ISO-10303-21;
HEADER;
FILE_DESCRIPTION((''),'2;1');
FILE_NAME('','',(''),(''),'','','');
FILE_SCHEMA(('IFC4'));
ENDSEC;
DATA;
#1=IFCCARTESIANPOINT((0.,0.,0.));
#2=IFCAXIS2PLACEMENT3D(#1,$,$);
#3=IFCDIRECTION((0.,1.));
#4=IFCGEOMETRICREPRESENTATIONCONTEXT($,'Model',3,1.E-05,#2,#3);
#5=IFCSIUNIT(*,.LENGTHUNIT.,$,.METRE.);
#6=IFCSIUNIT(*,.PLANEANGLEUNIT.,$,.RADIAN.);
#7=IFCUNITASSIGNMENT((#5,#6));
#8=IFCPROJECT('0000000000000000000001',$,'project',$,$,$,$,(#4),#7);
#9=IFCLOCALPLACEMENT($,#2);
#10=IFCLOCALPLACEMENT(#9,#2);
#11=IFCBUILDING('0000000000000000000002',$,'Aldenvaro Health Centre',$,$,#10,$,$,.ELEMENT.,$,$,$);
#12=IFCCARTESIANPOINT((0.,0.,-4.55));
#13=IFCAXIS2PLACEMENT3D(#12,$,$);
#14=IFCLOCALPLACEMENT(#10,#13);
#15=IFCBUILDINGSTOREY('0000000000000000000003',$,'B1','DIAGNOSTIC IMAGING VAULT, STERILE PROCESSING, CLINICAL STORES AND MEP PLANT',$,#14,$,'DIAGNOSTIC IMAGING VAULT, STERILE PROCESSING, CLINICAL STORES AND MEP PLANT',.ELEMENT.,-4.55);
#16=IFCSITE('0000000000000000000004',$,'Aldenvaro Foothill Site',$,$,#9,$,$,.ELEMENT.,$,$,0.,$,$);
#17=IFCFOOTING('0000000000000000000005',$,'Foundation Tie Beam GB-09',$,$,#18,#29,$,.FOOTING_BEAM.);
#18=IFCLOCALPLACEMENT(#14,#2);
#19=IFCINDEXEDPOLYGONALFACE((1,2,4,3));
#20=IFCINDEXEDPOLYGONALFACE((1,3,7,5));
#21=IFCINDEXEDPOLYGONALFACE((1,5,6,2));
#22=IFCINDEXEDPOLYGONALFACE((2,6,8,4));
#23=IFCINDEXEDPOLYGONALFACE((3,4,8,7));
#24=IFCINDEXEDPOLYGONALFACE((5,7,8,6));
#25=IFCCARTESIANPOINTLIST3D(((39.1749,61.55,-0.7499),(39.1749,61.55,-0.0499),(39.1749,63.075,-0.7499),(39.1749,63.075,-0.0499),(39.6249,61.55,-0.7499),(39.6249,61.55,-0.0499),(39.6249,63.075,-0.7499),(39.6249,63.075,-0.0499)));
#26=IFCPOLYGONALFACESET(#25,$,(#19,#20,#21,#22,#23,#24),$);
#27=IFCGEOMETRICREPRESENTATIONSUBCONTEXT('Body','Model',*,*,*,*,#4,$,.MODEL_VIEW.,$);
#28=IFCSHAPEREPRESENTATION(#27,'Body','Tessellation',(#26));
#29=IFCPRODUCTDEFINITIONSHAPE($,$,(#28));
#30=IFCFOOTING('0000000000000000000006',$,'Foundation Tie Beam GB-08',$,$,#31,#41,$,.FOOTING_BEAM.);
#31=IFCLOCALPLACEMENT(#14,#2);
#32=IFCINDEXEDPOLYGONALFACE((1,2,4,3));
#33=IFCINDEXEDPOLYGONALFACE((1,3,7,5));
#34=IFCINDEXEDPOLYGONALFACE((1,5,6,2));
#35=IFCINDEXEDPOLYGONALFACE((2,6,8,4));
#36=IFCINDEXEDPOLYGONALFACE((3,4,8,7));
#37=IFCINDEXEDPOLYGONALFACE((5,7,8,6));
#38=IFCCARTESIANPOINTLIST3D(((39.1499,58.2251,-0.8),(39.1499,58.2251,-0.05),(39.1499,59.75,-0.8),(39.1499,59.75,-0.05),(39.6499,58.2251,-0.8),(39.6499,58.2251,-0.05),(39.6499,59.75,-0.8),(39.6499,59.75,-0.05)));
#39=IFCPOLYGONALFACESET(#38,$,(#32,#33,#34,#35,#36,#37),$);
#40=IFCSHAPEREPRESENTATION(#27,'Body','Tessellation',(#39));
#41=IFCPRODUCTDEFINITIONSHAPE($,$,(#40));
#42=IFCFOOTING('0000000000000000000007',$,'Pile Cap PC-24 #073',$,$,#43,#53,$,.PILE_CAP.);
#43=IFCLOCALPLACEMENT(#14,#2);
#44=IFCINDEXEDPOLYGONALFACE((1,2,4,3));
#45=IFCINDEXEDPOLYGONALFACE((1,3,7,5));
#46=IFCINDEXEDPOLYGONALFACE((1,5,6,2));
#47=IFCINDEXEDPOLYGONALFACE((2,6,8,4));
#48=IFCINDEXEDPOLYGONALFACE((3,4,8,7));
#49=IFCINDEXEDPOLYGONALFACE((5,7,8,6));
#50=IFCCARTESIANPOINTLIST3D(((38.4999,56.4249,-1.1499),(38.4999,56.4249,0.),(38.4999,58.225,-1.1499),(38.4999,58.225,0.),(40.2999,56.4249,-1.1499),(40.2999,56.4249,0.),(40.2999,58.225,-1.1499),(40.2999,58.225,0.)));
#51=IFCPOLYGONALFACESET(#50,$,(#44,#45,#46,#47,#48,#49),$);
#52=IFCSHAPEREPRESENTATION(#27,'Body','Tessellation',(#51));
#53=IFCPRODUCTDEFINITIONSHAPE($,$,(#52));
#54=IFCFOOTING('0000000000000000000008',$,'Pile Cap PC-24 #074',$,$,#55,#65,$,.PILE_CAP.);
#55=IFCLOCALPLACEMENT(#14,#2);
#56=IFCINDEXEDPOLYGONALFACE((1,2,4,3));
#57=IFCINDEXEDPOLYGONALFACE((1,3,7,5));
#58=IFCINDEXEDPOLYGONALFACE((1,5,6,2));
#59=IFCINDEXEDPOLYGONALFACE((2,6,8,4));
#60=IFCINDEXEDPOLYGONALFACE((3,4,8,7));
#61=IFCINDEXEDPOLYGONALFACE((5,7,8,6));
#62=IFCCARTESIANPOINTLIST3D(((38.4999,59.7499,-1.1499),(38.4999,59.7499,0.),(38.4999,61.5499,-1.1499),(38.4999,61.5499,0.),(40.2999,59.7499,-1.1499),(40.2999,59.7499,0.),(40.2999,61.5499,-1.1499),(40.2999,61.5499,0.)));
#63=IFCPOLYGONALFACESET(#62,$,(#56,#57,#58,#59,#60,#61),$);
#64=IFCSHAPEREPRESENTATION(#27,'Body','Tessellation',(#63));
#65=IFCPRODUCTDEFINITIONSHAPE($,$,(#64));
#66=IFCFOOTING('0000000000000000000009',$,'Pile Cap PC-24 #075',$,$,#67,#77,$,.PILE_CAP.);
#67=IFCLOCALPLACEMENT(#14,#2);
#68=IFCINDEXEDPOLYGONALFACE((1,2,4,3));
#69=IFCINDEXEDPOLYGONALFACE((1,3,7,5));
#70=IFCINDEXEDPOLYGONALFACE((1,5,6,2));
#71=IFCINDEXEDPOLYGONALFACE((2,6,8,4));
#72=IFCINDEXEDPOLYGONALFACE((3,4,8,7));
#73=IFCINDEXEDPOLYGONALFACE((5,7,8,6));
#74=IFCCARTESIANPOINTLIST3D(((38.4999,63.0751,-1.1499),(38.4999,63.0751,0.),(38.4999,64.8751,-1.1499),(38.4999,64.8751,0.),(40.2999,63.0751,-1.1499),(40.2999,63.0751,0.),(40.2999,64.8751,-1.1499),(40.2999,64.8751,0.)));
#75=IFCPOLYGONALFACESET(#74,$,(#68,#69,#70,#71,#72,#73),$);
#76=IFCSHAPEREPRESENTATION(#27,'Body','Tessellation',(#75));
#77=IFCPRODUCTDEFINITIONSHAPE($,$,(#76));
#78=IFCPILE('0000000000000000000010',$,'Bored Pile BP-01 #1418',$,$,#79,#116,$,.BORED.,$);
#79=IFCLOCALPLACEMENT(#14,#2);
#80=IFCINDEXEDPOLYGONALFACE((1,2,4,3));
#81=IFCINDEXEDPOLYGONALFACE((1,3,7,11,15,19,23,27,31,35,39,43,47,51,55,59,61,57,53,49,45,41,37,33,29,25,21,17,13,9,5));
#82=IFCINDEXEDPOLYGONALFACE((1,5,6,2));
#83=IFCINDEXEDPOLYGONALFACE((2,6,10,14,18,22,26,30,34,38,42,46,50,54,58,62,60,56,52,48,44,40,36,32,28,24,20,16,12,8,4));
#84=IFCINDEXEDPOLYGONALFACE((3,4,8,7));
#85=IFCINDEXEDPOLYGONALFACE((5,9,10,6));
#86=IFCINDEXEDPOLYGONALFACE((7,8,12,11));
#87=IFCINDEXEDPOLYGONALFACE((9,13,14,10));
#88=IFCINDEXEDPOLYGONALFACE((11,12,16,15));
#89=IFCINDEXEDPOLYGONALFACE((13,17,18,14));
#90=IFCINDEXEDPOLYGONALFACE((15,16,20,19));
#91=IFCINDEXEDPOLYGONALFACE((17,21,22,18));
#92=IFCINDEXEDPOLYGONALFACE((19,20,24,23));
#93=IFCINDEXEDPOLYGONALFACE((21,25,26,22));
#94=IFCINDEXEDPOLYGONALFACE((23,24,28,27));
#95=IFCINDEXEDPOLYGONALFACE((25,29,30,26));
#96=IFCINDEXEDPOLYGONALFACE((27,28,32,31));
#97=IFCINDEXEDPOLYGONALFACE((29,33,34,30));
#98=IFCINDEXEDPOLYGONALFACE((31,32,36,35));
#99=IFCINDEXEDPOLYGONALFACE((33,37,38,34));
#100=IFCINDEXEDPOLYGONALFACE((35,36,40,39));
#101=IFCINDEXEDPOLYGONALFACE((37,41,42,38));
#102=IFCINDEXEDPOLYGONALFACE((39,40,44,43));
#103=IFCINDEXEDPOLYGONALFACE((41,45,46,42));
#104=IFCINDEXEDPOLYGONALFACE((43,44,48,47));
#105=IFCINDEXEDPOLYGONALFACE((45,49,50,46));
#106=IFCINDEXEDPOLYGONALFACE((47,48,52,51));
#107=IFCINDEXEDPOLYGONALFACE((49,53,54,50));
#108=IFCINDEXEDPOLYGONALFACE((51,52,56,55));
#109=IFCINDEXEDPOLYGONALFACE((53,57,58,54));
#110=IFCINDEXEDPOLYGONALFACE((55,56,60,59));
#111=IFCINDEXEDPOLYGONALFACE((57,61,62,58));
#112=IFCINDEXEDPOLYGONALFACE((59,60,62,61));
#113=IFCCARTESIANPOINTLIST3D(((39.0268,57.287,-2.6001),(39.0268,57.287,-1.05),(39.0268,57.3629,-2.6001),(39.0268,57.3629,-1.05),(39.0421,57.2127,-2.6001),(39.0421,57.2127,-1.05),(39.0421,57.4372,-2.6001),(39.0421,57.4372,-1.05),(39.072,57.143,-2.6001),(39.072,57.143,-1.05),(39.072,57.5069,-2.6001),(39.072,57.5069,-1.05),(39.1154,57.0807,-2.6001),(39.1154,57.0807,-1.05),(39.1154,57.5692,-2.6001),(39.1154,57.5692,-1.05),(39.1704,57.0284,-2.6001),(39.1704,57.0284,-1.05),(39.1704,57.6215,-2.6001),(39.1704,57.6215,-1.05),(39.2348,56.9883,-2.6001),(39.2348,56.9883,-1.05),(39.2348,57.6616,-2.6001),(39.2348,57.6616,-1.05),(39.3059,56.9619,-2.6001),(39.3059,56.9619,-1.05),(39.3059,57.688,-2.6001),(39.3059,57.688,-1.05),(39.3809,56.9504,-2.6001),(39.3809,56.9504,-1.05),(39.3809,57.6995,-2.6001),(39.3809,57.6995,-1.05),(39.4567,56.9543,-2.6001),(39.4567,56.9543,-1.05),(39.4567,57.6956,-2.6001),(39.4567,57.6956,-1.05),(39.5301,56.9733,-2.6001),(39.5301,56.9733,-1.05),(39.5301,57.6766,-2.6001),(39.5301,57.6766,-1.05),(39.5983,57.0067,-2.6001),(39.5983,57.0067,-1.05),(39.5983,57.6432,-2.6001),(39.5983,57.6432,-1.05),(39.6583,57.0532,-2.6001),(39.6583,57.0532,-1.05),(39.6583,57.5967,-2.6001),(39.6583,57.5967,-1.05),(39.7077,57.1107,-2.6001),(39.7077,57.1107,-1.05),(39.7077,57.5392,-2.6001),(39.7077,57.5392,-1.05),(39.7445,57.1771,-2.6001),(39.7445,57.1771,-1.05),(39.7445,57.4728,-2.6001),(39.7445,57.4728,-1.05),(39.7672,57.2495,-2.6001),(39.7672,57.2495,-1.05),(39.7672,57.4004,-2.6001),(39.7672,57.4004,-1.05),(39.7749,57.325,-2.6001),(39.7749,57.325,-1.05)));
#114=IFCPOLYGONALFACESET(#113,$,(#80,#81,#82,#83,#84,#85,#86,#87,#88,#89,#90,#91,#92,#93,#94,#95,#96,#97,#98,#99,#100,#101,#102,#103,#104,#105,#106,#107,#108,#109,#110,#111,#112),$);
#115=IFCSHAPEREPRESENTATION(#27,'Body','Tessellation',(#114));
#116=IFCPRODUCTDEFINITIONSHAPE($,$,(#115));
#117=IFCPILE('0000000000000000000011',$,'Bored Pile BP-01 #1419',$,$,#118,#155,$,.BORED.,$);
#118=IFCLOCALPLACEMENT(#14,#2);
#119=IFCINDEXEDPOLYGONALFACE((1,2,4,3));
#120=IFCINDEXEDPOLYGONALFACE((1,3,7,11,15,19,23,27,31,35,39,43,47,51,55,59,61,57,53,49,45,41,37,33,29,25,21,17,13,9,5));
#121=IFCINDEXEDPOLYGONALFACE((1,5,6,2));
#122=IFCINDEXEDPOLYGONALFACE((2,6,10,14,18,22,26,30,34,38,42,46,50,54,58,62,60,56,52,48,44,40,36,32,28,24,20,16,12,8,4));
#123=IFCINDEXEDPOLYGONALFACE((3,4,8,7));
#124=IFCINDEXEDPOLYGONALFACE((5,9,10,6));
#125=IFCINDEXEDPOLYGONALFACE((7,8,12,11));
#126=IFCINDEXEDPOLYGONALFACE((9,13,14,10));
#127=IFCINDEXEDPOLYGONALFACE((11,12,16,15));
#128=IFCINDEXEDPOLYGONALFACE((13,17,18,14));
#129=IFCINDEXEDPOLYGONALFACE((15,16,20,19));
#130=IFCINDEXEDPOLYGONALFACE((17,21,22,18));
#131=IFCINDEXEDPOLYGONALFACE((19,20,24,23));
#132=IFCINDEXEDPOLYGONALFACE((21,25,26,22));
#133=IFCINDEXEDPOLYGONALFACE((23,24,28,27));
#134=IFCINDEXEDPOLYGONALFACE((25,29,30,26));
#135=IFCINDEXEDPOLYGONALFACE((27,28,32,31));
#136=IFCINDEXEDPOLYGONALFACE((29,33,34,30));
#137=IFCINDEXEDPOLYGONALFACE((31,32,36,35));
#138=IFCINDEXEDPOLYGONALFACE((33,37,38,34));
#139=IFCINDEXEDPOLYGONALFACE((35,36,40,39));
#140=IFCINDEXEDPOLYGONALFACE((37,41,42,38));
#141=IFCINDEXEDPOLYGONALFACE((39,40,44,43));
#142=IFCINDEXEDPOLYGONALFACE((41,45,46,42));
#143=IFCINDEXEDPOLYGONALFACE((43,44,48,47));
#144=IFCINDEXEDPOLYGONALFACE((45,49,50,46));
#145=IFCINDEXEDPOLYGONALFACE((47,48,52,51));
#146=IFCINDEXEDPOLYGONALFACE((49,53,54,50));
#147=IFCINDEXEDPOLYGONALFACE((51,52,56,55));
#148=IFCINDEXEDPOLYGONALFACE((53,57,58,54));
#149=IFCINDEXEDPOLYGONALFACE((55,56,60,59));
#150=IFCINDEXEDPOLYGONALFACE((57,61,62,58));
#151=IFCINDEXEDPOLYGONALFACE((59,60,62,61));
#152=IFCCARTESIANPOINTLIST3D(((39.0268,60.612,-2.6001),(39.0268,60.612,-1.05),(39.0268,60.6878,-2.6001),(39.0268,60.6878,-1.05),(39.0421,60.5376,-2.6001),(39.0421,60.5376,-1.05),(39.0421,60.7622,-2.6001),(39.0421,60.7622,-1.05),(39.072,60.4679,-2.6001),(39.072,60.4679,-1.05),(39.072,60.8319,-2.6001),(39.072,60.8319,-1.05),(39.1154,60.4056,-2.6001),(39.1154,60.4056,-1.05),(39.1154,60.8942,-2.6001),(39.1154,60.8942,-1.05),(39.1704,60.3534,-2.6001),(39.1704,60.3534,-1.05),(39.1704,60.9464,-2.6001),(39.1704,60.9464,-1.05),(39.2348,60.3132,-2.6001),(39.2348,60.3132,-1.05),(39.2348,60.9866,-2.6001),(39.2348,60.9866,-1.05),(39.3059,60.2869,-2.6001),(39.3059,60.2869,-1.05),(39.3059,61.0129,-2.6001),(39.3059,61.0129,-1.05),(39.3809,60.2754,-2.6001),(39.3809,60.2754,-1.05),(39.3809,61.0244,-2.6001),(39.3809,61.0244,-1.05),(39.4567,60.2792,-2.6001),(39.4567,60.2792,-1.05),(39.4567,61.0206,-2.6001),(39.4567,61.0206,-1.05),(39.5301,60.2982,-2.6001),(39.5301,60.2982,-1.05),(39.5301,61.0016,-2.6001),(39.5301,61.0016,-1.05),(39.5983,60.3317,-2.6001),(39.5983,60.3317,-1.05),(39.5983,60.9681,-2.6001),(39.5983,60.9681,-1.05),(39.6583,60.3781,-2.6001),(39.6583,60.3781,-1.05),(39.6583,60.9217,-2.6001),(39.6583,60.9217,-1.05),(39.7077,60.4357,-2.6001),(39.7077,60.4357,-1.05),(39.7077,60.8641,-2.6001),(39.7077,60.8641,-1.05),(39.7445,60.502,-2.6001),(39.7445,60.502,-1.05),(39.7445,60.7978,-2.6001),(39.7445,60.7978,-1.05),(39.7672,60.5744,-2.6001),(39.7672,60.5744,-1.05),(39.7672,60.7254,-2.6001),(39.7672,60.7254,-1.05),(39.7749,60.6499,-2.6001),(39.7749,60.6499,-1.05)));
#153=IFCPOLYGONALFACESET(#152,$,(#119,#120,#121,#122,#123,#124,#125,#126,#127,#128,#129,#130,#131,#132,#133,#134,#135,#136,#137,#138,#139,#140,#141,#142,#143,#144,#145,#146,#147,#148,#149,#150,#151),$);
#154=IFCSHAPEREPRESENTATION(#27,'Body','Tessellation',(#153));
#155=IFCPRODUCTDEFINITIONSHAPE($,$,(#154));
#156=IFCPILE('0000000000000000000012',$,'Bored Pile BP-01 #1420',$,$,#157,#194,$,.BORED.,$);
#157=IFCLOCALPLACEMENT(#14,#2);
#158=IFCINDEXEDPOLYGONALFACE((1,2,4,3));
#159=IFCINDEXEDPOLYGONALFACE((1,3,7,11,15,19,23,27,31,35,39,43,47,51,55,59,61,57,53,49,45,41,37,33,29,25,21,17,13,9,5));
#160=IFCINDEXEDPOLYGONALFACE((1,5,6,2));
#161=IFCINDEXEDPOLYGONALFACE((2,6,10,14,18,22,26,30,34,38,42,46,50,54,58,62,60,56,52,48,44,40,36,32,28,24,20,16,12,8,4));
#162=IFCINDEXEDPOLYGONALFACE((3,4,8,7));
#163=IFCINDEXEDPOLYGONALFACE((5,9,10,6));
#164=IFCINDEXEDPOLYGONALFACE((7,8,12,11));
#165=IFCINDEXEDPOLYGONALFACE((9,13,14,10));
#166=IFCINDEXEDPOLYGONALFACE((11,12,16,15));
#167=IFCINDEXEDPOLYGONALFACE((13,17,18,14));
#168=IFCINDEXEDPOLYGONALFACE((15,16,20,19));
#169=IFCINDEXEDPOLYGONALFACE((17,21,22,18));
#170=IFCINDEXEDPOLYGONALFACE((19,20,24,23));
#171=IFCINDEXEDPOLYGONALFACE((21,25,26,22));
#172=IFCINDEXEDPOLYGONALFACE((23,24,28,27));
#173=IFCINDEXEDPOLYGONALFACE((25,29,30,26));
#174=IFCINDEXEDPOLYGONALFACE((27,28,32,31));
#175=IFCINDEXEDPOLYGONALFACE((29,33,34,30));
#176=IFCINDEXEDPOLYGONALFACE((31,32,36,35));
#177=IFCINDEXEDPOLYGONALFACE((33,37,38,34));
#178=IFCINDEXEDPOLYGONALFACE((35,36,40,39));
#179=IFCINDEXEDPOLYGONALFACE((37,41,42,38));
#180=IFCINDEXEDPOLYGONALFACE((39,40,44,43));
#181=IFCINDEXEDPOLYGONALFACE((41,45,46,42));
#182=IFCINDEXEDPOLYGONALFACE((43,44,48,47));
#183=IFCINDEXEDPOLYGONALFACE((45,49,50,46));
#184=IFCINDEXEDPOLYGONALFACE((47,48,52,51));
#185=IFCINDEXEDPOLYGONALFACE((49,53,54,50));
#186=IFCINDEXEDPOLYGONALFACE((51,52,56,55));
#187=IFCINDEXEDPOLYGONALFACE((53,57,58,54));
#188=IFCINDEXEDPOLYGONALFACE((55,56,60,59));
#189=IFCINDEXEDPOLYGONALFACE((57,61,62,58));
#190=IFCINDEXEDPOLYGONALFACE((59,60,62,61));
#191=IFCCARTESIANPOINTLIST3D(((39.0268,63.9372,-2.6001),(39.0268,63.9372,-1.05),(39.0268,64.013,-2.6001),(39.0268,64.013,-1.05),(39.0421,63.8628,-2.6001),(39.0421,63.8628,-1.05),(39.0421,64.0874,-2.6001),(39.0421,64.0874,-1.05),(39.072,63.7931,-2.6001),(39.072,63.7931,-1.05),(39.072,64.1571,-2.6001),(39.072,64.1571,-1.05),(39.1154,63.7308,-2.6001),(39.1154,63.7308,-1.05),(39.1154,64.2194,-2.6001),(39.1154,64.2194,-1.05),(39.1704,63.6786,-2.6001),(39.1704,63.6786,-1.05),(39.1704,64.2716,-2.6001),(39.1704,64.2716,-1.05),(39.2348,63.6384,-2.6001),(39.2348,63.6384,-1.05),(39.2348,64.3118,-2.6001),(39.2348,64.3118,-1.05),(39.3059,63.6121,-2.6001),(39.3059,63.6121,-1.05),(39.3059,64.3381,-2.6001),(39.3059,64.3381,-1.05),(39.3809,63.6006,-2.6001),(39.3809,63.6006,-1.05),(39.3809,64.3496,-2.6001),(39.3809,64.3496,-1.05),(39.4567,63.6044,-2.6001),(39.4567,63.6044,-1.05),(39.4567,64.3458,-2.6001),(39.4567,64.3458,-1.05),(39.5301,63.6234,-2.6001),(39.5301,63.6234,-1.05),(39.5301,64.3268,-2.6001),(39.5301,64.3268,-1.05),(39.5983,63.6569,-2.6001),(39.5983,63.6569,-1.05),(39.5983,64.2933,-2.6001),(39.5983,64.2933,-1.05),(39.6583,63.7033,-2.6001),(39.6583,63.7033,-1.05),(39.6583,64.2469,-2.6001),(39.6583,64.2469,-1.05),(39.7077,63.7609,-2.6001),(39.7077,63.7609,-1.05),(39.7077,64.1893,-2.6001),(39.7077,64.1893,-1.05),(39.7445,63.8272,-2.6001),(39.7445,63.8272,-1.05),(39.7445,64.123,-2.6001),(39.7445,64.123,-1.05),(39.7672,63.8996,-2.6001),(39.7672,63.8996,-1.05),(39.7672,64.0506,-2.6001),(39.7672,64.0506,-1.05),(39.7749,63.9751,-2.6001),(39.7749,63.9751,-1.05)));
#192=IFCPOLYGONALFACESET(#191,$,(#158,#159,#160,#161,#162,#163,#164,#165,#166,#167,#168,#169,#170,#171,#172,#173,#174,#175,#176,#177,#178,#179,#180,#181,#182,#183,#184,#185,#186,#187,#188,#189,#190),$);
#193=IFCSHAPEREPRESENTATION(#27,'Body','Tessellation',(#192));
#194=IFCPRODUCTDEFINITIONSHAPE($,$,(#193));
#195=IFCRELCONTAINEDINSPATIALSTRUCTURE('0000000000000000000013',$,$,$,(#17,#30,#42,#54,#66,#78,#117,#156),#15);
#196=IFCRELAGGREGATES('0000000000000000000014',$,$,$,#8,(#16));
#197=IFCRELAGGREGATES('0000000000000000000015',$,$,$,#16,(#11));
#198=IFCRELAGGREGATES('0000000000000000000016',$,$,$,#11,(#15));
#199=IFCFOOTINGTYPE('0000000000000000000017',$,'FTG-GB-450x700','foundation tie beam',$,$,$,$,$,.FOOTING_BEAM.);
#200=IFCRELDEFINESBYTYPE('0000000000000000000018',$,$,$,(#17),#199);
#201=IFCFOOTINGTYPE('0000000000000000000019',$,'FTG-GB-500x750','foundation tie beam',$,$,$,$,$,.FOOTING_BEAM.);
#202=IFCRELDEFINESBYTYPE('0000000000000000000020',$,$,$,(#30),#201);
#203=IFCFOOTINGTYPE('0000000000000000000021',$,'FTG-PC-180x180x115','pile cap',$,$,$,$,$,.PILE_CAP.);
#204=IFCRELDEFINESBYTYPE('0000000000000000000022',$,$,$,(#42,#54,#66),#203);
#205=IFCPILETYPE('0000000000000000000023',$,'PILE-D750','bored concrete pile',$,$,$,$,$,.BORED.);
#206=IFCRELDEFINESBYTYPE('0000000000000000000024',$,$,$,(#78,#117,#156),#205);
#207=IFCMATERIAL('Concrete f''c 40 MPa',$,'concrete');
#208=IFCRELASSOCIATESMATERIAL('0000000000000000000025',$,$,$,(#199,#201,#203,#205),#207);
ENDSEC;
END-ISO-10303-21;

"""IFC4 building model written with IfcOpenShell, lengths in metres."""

from ifc_helpers import new_model, si_unit, direction, frame, origin, origin_2d, place, context, subcontext, project, spatial, rectangle, circle, extrude, material, material_profile, profile_set, type_object, element, save


model = new_model("IFC4")

# Units and contexts
model_context = context("Model", 3, precision=1e-05, world=origin(), true_north=direction((0.0, 1.0)))
body_context = subcontext(model_context, "Body", "Model", "MODEL_VIEW")
ifc_project = project(units=[si_unit("LENGTHUNIT", "METRE"), si_unit("PLANEANGLEUNIT", "RADIAN")], contexts=[model_context])

# Site, building, storey
site_placement = place(None, origin())
site = spatial("IfcSite", under=ifc_project, at=site_placement, Name="Aldenvaro Foothill Site", CompositionType="ELEMENT", RefElevation=0.0)
building_placement = place(site_placement, origin())
building = spatial("IfcBuilding", under=site, at=building_placement, Name="Aldenvaro Health Centre", CompositionType="ELEMENT")
storey_placement = place(building_placement, frame((0.0, 0.0, -4.55)))
storey = spatial("IfcBuildingStorey", under=building, at=storey_placement, Name="B1", Description="DIAGNOSTIC IMAGING VAULT, STERILE PROCESSING, CLINICAL STORES AND MEP PLANT", LongName="DIAGNOSTIC IMAGING VAULT, STERILE PROCESSING, CLINICAL STORES AND MEP PLANT", CompositionType="ELEMENT", Elevation=-4.55)

# Footings
ifc_material_1 = material(Name="Concrete f'c 40 MPa", Category="concrete")
ifc_material_profile_1 = material_profile(ifc_material_1, rectangle(XDim=0.45, YDim=0.7, at=origin_2d()), Name="GB 450x700", Category="concrete")
ifc_profile_set_1 = profile_set([ifc_material_profile_1], Name="Concrete f'c 40 MPa")
footing_type_1 = type_object("IfcFootingType", Name="FTG-GB-450x700", Description="foundation tie beam", PredefinedType="FOOTING_BEAM", material=ifc_profile_set_1)
footing_1_placement = place(storey_placement, frame((39.3999, 61.55, -0.3999), z_axis=(0.0, 1.0, 0.0), x_axis=(-1.0, 0.0, 0.0)))
element("IfcFooting", 1, at=footing_1_placement, inside=storey, type_object=footing_type_1, Name="Foundation Tie Beam GB-09", PredefinedType="FOOTING_BEAM", context=body_context, shape_type="SweptSolid", body=[
    extrude(rectangle(XDim=0.45, YDim=0.7, at=origin_2d()), origin(), (0.0, 0.0, 1.0), 1.5249),
])
ifc_material_profile_2 = material_profile(ifc_material_1, rectangle(XDim=0.5, YDim=0.75, at=origin_2d()), Name="GB 500x750", Category="concrete")
ifc_profile_set_2 = profile_set([ifc_material_profile_2], Name="Concrete f'c 40 MPa")
footing_type_2 = type_object("IfcFootingType", Name="FTG-GB-500x750", Description="foundation tie beam", PredefinedType="FOOTING_BEAM", material=ifc_profile_set_2)
footing_2_placement = place(storey_placement, frame((39.3999, 58.2251, -0.425), z_axis=(0.0, 1.0, 0.0), x_axis=(-1.0, 0.0, 0.0)))
element("IfcFooting", 2, at=footing_2_placement, inside=storey, type_object=footing_type_2, Name="Foundation Tie Beam GB-08", PredefinedType="FOOTING_BEAM", context=body_context, shape_type="SweptSolid", body=[
    extrude(rectangle(XDim=0.5, YDim=0.75, at=origin_2d()), origin(), (0.0, 0.0, 1.0), 1.5249),
])
footing_type_3 = type_object("IfcFootingType", Name="FTG-PC-180x180x115", Description="pile cap", PredefinedType="PILE_CAP", material=ifc_material_1)
for number, where, z_axis, x_axis, name in (
    (3, (39.3999, 57.325, -1.1499), (0.0, 0.0, 1.0), (1.0, 0.0, 0.0), "Pile Cap PC-24 #073"),
    (4, (39.3999, 60.6499, -1.1499), (0.0, 0.0, 1.0), (1.0, 0.0, 0.0), "Pile Cap PC-24 #074"),
    (5, (39.3999, 63.9751, -1.1499), (0.0, 0.0, 1.0), (1.0, 0.0, 0.0), "Pile Cap PC-24 #075"),
):
    element("IfcFooting", number, at=place(storey_placement, frame(where, z_axis=z_axis, x_axis=x_axis)), inside=storey, type_object=footing_type_3, Name=name, PredefinedType="PILE_CAP", context=body_context, shape_type="SweptSolid", body=[
        extrude(rectangle(XDim=1.8, YDim=1.8, at=origin_2d()), origin(), (0.0, 0.0, 1.0), 1.1499),
    ])

# Piles
ifc_material_profile_3 = material_profile(ifc_material_1, circle(Radius=0.375, at=origin_2d()), Name="PILE D750", Category="concrete")
ifc_profile_set_3 = profile_set([ifc_material_profile_3], Name="Concrete f'c 40 MPa")
pile_type_1 = type_object("IfcPileType", Name="PILE-D750", Description="bored concrete pile", PredefinedType="BORED", material=ifc_profile_set_3)
for number, where, z_axis, x_axis, name in (
    (6, (39.3999, 57.325, -1.05), (0.0, 0.0, -1.0), (1.0, 0.0, 0.0), "Bored Pile BP-01 #1418"),
    (7, (39.3999, 60.6499, -1.05), (0.0, 0.0, -1.0), (1.0, 0.0, 0.0), "Bored Pile BP-01 #1419"),
    (8, (39.3999, 63.9751, -1.05), (0.0, 0.0, -1.0), (1.0, 0.0, 0.0), "Bored Pile BP-01 #1420"),
):
    element("IfcPile", number, at=place(storey_placement, frame(where, z_axis=z_axis, x_axis=x_axis)), inside=storey, type_object=pile_type_1, Name=name, PredefinedType="BORED", context=body_context, shape_type="SweptSolid", body=[
        extrude(circle(Radius=0.375, at=origin_2d()), origin(), (0.0, 0.0, 1.0), 1.55),
    ])

save(model, "model.ifc")
